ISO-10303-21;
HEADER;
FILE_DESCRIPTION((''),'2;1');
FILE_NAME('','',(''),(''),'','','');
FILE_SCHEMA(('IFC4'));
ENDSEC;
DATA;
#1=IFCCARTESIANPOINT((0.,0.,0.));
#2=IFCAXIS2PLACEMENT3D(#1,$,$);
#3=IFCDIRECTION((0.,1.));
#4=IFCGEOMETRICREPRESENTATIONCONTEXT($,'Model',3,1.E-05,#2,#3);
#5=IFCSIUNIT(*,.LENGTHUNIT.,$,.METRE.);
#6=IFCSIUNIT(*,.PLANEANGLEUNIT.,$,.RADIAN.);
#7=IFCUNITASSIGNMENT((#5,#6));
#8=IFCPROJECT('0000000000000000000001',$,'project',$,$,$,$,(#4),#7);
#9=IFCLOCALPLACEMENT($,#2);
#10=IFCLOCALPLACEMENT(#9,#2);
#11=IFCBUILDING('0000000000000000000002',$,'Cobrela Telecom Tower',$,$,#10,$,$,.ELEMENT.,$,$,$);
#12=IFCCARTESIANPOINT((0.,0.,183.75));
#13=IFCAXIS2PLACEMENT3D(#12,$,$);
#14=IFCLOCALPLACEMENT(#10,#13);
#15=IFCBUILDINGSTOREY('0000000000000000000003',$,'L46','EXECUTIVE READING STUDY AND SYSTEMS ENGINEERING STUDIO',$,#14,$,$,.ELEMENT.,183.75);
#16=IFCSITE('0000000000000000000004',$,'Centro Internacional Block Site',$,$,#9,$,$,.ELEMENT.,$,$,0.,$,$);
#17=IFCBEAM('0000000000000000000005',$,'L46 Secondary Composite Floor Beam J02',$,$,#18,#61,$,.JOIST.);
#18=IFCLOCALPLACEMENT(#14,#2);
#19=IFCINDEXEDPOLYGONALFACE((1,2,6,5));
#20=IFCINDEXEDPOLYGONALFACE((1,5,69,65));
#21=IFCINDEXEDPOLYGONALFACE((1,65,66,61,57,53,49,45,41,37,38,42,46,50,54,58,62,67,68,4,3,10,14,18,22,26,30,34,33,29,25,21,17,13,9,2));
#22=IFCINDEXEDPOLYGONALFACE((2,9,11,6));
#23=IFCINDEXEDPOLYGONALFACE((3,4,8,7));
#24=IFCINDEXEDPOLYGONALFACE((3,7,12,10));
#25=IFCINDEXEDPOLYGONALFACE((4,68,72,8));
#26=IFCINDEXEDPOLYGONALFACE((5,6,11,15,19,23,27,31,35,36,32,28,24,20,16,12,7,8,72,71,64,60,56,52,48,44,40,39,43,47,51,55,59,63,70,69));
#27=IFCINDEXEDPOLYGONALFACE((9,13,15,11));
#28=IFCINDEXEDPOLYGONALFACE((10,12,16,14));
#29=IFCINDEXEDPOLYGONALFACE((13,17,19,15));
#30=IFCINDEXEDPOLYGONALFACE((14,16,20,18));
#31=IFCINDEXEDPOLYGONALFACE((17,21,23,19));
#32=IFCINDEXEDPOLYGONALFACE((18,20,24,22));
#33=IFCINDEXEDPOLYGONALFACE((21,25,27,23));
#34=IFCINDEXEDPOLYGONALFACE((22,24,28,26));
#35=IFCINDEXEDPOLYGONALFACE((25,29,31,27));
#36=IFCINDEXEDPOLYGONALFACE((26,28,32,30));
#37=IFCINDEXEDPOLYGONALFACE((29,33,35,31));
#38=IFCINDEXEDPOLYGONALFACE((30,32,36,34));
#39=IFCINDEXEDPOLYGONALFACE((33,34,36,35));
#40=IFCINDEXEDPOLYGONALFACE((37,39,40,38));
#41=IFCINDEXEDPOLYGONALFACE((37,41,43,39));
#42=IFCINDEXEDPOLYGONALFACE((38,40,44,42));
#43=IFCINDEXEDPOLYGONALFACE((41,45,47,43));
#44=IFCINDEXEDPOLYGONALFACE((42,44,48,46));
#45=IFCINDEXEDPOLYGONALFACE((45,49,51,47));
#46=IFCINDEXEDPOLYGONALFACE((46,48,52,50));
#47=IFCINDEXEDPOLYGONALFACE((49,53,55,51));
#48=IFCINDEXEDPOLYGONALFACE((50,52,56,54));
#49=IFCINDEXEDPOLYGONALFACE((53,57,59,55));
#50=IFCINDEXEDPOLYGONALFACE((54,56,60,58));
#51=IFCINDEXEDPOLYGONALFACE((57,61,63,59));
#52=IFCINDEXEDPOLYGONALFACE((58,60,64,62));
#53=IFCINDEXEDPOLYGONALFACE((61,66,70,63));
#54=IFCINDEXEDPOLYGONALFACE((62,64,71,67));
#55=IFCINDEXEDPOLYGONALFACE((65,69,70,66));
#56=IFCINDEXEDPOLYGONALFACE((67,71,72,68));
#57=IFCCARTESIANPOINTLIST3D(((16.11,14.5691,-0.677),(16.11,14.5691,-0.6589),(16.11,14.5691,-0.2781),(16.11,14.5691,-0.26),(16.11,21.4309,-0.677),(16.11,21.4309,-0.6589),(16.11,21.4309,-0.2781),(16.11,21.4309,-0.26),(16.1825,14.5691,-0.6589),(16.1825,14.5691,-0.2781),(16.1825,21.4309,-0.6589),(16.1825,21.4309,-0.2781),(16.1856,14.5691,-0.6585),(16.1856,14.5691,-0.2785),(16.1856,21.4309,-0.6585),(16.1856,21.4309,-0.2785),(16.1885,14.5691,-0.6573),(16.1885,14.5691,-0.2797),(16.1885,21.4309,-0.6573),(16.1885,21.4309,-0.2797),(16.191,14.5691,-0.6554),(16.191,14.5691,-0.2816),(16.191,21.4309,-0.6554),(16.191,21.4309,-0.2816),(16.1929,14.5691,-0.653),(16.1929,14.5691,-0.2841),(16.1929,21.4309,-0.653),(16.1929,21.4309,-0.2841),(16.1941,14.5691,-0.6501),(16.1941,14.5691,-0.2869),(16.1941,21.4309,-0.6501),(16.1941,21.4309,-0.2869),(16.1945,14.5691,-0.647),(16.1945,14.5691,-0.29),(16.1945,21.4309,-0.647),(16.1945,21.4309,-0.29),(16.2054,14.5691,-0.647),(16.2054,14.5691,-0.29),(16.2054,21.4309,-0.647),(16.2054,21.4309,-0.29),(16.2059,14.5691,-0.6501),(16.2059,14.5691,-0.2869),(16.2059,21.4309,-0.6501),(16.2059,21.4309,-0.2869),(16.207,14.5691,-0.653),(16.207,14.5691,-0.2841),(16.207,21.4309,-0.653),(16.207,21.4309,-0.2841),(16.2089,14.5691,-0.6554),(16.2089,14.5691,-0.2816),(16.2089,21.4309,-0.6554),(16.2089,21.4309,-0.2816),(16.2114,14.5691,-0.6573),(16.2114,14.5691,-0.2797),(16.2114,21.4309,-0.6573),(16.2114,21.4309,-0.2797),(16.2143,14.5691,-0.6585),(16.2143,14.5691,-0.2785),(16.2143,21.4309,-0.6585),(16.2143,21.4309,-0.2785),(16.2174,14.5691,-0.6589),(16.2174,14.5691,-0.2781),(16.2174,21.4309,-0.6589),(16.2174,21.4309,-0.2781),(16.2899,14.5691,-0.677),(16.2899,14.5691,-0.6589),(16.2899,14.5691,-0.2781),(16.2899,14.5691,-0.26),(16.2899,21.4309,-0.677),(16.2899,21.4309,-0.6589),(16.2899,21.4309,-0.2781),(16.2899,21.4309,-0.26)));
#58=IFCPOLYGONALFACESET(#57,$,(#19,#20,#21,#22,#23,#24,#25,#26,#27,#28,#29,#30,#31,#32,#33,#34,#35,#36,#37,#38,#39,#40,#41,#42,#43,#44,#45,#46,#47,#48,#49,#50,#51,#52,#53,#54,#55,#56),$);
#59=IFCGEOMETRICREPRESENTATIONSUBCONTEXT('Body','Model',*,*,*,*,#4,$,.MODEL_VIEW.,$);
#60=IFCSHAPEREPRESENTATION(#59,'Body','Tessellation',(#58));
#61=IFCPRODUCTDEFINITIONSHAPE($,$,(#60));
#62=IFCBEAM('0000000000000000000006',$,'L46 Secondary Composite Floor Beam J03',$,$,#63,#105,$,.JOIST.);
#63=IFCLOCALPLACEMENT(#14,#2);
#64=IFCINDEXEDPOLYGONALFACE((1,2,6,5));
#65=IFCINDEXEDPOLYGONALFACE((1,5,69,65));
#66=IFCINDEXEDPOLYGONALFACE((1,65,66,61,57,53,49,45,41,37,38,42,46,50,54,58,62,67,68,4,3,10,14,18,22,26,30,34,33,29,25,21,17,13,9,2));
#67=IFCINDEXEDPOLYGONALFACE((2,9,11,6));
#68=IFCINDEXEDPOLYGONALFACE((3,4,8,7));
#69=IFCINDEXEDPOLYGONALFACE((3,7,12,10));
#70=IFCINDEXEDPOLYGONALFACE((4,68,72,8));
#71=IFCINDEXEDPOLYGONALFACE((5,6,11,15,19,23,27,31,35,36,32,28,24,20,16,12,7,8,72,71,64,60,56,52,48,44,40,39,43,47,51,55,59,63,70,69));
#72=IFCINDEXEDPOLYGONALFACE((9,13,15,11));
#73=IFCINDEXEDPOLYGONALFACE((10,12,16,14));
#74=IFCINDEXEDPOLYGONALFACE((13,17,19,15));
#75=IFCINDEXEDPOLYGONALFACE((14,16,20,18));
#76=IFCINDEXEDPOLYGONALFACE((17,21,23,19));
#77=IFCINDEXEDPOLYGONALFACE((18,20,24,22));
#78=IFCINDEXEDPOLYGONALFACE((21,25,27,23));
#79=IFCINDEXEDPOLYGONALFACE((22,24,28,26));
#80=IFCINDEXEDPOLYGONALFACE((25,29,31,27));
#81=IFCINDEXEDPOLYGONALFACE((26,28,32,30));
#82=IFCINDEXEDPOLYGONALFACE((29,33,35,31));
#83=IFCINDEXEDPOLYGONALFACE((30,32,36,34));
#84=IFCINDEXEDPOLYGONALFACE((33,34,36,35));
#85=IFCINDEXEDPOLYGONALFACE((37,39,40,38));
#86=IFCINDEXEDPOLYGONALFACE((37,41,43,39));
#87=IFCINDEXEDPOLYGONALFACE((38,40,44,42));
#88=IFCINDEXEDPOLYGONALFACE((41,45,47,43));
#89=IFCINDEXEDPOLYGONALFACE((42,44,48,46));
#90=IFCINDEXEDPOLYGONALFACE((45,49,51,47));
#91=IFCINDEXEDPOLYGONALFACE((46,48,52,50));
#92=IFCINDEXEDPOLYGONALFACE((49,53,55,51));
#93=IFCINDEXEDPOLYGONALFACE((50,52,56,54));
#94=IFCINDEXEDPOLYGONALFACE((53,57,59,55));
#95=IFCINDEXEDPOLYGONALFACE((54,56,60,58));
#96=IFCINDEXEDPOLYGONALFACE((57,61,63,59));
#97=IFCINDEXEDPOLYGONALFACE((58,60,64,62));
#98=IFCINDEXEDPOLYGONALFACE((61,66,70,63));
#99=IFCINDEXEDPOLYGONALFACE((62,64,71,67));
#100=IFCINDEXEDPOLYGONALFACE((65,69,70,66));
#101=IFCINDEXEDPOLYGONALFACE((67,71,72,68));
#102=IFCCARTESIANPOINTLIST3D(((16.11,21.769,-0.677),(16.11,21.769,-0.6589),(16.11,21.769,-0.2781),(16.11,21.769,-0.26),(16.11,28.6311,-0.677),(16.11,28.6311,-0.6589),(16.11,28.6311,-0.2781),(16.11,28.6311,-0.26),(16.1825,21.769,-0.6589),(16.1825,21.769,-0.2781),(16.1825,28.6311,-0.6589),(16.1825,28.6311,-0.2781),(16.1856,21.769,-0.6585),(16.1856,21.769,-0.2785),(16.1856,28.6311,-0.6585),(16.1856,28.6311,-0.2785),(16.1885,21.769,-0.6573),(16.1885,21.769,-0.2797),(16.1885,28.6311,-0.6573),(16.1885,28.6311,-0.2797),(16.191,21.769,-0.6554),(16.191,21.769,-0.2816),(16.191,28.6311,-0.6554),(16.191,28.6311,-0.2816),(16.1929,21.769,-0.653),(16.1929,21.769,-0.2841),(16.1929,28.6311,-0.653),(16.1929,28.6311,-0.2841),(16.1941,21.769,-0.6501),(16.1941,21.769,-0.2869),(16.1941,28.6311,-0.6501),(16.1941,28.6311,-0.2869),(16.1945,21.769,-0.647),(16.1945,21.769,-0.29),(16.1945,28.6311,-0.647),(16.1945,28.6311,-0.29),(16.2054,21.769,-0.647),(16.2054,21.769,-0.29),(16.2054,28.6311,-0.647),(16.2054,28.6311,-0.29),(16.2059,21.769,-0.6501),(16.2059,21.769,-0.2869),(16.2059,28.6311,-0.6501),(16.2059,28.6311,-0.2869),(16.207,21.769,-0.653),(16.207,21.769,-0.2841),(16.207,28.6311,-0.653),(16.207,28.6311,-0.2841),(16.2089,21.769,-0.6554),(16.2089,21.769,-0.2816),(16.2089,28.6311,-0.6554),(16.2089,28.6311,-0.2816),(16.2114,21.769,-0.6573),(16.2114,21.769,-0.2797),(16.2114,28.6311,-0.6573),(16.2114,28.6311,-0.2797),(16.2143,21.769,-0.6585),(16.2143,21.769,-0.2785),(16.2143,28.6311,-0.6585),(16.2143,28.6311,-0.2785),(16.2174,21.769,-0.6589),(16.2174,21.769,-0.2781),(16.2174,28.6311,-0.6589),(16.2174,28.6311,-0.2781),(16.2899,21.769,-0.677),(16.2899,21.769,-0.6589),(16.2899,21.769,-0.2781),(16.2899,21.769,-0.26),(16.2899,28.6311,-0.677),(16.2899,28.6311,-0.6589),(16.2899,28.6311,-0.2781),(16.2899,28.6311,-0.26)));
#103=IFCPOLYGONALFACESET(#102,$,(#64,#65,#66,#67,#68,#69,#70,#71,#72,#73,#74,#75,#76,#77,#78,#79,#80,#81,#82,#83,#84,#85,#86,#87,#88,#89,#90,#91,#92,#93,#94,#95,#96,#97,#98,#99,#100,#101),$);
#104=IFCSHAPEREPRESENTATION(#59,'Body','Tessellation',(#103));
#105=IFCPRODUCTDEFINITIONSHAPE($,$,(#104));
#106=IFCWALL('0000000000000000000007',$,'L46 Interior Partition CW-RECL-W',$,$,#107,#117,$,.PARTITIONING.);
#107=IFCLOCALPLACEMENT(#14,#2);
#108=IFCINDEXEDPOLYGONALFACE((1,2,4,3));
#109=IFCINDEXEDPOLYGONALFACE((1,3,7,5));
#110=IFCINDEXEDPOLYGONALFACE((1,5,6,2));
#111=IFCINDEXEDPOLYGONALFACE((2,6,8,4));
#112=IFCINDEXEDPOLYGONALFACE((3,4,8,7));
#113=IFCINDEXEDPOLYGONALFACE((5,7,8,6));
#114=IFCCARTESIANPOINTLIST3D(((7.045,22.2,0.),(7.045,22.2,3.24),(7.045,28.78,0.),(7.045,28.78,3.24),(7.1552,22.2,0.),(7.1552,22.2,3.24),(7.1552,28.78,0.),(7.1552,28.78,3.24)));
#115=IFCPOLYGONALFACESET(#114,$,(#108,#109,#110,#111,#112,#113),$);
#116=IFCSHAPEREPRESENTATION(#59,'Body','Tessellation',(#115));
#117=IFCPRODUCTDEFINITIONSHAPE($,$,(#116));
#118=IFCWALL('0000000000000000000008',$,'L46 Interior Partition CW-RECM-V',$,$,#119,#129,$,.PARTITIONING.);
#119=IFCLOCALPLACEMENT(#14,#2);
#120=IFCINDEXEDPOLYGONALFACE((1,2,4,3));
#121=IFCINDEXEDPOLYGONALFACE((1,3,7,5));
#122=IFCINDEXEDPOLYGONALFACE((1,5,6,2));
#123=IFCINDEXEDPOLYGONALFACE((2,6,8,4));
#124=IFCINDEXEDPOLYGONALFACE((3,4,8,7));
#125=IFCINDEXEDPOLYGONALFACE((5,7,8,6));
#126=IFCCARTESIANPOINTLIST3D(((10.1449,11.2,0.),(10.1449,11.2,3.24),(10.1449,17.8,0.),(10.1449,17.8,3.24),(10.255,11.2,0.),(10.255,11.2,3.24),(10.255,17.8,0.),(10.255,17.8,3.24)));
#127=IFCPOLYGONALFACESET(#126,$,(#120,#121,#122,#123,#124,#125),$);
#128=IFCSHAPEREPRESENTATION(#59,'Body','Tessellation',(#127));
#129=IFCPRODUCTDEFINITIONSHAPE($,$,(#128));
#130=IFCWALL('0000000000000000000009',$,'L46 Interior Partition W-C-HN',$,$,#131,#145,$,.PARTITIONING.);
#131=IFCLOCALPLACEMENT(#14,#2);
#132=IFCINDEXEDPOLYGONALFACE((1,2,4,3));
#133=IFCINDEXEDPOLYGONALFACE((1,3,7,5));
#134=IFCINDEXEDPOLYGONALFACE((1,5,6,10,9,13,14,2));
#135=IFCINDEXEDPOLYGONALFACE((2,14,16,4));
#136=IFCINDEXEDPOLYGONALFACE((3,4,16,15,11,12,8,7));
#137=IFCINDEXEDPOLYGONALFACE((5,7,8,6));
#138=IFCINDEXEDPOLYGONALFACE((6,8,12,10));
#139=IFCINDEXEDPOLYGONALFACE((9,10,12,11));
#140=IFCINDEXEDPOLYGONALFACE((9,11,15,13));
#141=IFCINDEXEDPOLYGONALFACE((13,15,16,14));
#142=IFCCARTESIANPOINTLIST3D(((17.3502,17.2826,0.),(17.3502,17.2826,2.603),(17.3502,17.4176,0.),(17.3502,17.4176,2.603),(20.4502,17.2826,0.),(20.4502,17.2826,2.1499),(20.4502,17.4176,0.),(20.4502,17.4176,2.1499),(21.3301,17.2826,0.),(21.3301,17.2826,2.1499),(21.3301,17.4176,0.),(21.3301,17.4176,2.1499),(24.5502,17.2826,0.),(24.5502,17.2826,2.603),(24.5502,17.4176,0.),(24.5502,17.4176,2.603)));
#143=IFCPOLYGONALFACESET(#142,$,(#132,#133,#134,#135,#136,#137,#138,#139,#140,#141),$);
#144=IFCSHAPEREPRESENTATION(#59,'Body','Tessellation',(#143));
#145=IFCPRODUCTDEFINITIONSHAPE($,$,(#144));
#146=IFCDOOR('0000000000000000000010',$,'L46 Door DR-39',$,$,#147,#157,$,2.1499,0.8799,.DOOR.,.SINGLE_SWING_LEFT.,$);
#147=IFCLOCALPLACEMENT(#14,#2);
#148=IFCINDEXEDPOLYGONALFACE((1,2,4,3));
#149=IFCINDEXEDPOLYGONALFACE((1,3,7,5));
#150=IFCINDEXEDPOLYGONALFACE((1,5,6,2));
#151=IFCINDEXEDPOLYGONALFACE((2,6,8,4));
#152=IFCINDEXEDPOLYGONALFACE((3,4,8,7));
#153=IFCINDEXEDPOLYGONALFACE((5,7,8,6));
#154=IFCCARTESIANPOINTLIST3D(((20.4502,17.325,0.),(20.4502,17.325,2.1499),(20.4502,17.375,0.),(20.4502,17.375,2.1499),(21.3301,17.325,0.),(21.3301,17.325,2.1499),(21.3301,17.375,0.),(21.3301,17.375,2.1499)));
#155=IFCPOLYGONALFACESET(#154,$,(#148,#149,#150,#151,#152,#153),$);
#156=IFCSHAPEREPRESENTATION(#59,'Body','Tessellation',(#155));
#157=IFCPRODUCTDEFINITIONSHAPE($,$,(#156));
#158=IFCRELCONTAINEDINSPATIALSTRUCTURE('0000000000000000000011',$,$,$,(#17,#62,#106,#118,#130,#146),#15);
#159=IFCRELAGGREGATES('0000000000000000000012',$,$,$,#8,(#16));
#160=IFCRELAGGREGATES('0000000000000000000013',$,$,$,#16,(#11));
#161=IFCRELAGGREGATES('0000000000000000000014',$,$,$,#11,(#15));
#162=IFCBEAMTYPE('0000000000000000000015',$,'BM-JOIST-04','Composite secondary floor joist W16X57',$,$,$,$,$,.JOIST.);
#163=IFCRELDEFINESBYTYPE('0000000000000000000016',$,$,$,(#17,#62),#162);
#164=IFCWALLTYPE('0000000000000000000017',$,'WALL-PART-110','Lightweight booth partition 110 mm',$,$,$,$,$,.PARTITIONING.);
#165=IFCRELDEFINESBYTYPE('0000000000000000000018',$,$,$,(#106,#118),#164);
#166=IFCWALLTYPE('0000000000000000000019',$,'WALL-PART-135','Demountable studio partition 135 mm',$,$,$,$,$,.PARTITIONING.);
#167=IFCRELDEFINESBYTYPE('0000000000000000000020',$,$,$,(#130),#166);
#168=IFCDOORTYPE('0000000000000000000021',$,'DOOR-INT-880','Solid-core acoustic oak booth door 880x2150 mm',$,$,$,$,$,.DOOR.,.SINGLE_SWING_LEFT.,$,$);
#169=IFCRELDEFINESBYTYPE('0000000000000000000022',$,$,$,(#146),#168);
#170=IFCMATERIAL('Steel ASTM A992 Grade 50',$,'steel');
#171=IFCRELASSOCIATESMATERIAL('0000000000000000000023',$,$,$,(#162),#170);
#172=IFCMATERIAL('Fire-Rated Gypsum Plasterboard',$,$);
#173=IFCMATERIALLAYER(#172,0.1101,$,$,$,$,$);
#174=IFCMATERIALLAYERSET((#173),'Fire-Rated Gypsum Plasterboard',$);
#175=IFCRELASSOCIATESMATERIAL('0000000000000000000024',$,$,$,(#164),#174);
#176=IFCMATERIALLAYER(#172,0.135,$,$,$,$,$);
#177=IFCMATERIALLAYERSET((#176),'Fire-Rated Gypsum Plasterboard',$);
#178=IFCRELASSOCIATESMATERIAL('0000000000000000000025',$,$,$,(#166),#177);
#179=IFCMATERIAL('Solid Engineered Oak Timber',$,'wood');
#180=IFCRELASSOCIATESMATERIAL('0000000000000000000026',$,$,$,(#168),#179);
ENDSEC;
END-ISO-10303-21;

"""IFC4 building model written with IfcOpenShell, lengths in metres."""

from ifc_helpers import new_model, si_unit, direction, frame, frame_2d, origin, origin_2d, place, context, subcontext, project, spatial, rectangle, i_section, extrude, material, layer, layer_set, material_profile, profile_set, type_object, element, fill, save


model = new_model("IFC4")

# Units and contexts
model_context = context("Model", 3, precision=1e-05, world=origin(), true_north=direction((0.0, 1.0)))
body_context = subcontext(model_context, "Body", "Model", "MODEL_VIEW")
ifc_project = project(units=[si_unit("LENGTHUNIT", "METRE"), si_unit("PLANEANGLEUNIT", "RADIAN")], contexts=[model_context])

# Site, building, storey
site_placement = place(None, origin())
site = spatial("IfcSite", under=ifc_project, at=site_placement, Name="Centro Internacional Block Site", CompositionType="ELEMENT", RefElevation=0.0)
building_placement = place(site_placement, origin())
building = spatial("IfcBuilding", under=site, at=building_placement, Name="Cobrela Telecom Tower", CompositionType="ELEMENT")
storey_placement = place(building_placement, frame((0.0, 0.0, 183.75)))
storey = spatial("IfcBuildingStorey", under=building, at=storey_placement, Name="L46", Description="EXECUTIVE READING STUDY AND SYSTEMS ENGINEERING STUDIO", CompositionType="ELEMENT", Elevation=183.75)

# Beams
ifc_material_1 = material(Name="Steel ASTM A992 Grade 50", Category="steel")
ifc_material_profile_1 = material_profile(ifc_material_1, i_section(OverallWidth=0.1799, OverallDepth=0.417, WebThickness=0.011, FlangeThickness=0.0181, FilletRadius=0.012, at=origin_2d()), Name="W16X57")
ifc_profile_set_1 = profile_set([ifc_material_profile_1], Name="Steel ASTM A992 Grade 50")
beam_type_1 = type_object("IfcBeamType", Name="BM-JOIST-04", Description="Composite secondary floor joist W16X57", PredefinedType="JOIST", material=ifc_profile_set_1)
beam_1_placement = place(storey_placement, frame((16.2, 14.5691, -0.4685), z_axis=(0.0, 1.0, 0.0), x_axis=(-1.0, 0.0, 0.0)))
element("IfcBeam", 1, at=beam_1_placement, inside=storey, type_object=beam_type_1, Name="L46 Secondary Composite Floor Beam J02", PredefinedType="JOIST", context=body_context, shape_type="SweptSolid", body=[
    extrude(i_section(OverallWidth=0.1799, OverallDepth=0.417, WebThickness=0.011, FlangeThickness=0.0181, FilletRadius=0.012, at=origin_2d()), origin(), (0.0, 0.0, 1.0), 6.8618),
])
beam_2_placement = place(storey_placement, frame((16.2, 21.769, -0.4685), z_axis=(0.0, 1.0, 0.0), x_axis=(-1.0, 0.0, 0.0)))
element("IfcBeam", 2, at=beam_2_placement, inside=storey, type_object=beam_type_1, Name="L46 Secondary Composite Floor Beam J03", PredefinedType="JOIST", context=body_context, shape_type="SweptSolid", body=[
    extrude(i_section(OverallWidth=0.1799, OverallDepth=0.417, WebThickness=0.011, FlangeThickness=0.0181, FilletRadius=0.012, at=origin_2d()), origin(), (0.0, 0.0, 1.0), 6.8621),
])

# Walls
ifc_material_2 = material(Name="Fire-Rated Gypsum Plasterboard")
ifc_layer_1 = layer(ifc_material_2, 0.1101)
ifc_layer_set_1 = layer_set([ifc_layer_1], Name="Fire-Rated Gypsum Plasterboard")
wall_type_1 = type_object("IfcWallType", Name="WALL-PART-110", Description="Lightweight booth partition 110 mm", PredefinedType="PARTITIONING", material=ifc_layer_set_1)
wall_1_placement = place(storey_placement, frame((7.1001, 22.2, 0.0), z_axis=(0.0, 0.0, 1.0), x_axis=(0.0, 1.0, 0.0)))
element("IfcWall", 3, at=wall_1_placement, inside=storey, type_object=wall_type_1, Name="L46 Interior Partition CW-RECL-W", PredefinedType="PARTITIONING", context=body_context, shape_type="SweptSolid", body=[
    extrude(rectangle(XDim=6.5801, YDim=0.1101, at=frame_2d((3.29, 0.0))), origin(), (0.0, 0.0, 1.0), 3.24),
])
wall_2_placement = place(storey_placement, frame((10.2, 11.2, 0.0), z_axis=(0.0, 0.0, 1.0), x_axis=(0.0, 1.0, 0.0)))
element("IfcWall", 4, at=wall_2_placement, inside=storey, type_object=wall_type_1, Name="L46 Interior Partition CW-RECM-V", PredefinedType="PARTITIONING", context=body_context, shape_type="SweptSolid", body=[
    extrude(rectangle(XDim=6.6001, YDim=0.1101, at=frame_2d((3.3, 0.0))), origin(), (0.0, 0.0, 1.0), 3.24),
])

# Wall, opening, door
ifc_layer_2 = layer(ifc_material_2, 0.135)
ifc_layer_set_2 = layer_set([ifc_layer_2], Name="Fire-Rated Gypsum Plasterboard")
wall_type_2 = type_object("IfcWallType", Name="WALL-PART-135", Description="Demountable studio partition 135 mm", PredefinedType="PARTITIONING", material=ifc_layer_set_2)
wall_3_placement = place(storey_placement, frame((17.3501, 17.3501, 0.0), z_axis=(0.0, 0.0, 1.0), x_axis=(1.0, 0.0, 0.0)))
wall_3 = element("IfcWall", 5, at=wall_3_placement, inside=storey, type_object=wall_type_2, Name="L46 Interior Partition W-C-HN", PredefinedType="PARTITIONING", context=body_context, shape_type="SweptSolid", body=[
    extrude(rectangle(XDim=7.2, YDim=0.135, at=frame_2d((3.6001, 0.0))), origin(), (0.0, 0.0, 1.0), 2.603),
])
opening_1_placement = place(wall_3_placement, frame((3.1001, 0.0, 0.0)))
opening_1 = element("IfcOpeningElement", 6, at=opening_1_placement, cuts=wall_3, PredefinedType="OPENING", context=body_context, shape_type="SweptSolid", body=[
    extrude(rectangle(XDim=0.8799, YDim=2.1499, at=frame_2d((0.4399, 1.075))), frame((0.0, 0.0796, 0.0), z_axis=(0.0, -1.0, 0.0), x_axis=(1.0, 0.0, 0.0)), (0.0, 0.0, 1.0), 0.1589),
])
ifc_material_3 = material(Name="Solid Engineered Oak Timber", Category="wood")
door_type_1 = type_object("IfcDoorType", Name="DOOR-INT-880", Description="Solid-core acoustic oak booth door 880x2150 mm", OperationType="SINGLE_SWING_LEFT", PredefinedType="DOOR", material=ifc_material_3)
door_1_placement = place(opening_1_placement, origin())
door_1 = element("IfcDoor", 7, at=door_1_placement, inside=storey, type_object=door_type_1, Name="L46 Door DR-39", OperationType="SINGLE_SWING_LEFT", OverallHeight=2.1499, OverallWidth=0.8799, PredefinedType="DOOR", context=body_context, shape_type="SweptSolid", body=[
    extrude(rectangle(XDim=0.8799, YDim=2.1499, at=frame_2d((0.4399, 1.075))), frame((0.0, 0.0249, 0.0), z_axis=(0.0, -1.0, 0.0), x_axis=(1.0, 0.0, 0.0)), (0.0, 0.0, 1.0), 0.05),
])
fill(opening_1, door_1)

save(model, "model.ifc")
